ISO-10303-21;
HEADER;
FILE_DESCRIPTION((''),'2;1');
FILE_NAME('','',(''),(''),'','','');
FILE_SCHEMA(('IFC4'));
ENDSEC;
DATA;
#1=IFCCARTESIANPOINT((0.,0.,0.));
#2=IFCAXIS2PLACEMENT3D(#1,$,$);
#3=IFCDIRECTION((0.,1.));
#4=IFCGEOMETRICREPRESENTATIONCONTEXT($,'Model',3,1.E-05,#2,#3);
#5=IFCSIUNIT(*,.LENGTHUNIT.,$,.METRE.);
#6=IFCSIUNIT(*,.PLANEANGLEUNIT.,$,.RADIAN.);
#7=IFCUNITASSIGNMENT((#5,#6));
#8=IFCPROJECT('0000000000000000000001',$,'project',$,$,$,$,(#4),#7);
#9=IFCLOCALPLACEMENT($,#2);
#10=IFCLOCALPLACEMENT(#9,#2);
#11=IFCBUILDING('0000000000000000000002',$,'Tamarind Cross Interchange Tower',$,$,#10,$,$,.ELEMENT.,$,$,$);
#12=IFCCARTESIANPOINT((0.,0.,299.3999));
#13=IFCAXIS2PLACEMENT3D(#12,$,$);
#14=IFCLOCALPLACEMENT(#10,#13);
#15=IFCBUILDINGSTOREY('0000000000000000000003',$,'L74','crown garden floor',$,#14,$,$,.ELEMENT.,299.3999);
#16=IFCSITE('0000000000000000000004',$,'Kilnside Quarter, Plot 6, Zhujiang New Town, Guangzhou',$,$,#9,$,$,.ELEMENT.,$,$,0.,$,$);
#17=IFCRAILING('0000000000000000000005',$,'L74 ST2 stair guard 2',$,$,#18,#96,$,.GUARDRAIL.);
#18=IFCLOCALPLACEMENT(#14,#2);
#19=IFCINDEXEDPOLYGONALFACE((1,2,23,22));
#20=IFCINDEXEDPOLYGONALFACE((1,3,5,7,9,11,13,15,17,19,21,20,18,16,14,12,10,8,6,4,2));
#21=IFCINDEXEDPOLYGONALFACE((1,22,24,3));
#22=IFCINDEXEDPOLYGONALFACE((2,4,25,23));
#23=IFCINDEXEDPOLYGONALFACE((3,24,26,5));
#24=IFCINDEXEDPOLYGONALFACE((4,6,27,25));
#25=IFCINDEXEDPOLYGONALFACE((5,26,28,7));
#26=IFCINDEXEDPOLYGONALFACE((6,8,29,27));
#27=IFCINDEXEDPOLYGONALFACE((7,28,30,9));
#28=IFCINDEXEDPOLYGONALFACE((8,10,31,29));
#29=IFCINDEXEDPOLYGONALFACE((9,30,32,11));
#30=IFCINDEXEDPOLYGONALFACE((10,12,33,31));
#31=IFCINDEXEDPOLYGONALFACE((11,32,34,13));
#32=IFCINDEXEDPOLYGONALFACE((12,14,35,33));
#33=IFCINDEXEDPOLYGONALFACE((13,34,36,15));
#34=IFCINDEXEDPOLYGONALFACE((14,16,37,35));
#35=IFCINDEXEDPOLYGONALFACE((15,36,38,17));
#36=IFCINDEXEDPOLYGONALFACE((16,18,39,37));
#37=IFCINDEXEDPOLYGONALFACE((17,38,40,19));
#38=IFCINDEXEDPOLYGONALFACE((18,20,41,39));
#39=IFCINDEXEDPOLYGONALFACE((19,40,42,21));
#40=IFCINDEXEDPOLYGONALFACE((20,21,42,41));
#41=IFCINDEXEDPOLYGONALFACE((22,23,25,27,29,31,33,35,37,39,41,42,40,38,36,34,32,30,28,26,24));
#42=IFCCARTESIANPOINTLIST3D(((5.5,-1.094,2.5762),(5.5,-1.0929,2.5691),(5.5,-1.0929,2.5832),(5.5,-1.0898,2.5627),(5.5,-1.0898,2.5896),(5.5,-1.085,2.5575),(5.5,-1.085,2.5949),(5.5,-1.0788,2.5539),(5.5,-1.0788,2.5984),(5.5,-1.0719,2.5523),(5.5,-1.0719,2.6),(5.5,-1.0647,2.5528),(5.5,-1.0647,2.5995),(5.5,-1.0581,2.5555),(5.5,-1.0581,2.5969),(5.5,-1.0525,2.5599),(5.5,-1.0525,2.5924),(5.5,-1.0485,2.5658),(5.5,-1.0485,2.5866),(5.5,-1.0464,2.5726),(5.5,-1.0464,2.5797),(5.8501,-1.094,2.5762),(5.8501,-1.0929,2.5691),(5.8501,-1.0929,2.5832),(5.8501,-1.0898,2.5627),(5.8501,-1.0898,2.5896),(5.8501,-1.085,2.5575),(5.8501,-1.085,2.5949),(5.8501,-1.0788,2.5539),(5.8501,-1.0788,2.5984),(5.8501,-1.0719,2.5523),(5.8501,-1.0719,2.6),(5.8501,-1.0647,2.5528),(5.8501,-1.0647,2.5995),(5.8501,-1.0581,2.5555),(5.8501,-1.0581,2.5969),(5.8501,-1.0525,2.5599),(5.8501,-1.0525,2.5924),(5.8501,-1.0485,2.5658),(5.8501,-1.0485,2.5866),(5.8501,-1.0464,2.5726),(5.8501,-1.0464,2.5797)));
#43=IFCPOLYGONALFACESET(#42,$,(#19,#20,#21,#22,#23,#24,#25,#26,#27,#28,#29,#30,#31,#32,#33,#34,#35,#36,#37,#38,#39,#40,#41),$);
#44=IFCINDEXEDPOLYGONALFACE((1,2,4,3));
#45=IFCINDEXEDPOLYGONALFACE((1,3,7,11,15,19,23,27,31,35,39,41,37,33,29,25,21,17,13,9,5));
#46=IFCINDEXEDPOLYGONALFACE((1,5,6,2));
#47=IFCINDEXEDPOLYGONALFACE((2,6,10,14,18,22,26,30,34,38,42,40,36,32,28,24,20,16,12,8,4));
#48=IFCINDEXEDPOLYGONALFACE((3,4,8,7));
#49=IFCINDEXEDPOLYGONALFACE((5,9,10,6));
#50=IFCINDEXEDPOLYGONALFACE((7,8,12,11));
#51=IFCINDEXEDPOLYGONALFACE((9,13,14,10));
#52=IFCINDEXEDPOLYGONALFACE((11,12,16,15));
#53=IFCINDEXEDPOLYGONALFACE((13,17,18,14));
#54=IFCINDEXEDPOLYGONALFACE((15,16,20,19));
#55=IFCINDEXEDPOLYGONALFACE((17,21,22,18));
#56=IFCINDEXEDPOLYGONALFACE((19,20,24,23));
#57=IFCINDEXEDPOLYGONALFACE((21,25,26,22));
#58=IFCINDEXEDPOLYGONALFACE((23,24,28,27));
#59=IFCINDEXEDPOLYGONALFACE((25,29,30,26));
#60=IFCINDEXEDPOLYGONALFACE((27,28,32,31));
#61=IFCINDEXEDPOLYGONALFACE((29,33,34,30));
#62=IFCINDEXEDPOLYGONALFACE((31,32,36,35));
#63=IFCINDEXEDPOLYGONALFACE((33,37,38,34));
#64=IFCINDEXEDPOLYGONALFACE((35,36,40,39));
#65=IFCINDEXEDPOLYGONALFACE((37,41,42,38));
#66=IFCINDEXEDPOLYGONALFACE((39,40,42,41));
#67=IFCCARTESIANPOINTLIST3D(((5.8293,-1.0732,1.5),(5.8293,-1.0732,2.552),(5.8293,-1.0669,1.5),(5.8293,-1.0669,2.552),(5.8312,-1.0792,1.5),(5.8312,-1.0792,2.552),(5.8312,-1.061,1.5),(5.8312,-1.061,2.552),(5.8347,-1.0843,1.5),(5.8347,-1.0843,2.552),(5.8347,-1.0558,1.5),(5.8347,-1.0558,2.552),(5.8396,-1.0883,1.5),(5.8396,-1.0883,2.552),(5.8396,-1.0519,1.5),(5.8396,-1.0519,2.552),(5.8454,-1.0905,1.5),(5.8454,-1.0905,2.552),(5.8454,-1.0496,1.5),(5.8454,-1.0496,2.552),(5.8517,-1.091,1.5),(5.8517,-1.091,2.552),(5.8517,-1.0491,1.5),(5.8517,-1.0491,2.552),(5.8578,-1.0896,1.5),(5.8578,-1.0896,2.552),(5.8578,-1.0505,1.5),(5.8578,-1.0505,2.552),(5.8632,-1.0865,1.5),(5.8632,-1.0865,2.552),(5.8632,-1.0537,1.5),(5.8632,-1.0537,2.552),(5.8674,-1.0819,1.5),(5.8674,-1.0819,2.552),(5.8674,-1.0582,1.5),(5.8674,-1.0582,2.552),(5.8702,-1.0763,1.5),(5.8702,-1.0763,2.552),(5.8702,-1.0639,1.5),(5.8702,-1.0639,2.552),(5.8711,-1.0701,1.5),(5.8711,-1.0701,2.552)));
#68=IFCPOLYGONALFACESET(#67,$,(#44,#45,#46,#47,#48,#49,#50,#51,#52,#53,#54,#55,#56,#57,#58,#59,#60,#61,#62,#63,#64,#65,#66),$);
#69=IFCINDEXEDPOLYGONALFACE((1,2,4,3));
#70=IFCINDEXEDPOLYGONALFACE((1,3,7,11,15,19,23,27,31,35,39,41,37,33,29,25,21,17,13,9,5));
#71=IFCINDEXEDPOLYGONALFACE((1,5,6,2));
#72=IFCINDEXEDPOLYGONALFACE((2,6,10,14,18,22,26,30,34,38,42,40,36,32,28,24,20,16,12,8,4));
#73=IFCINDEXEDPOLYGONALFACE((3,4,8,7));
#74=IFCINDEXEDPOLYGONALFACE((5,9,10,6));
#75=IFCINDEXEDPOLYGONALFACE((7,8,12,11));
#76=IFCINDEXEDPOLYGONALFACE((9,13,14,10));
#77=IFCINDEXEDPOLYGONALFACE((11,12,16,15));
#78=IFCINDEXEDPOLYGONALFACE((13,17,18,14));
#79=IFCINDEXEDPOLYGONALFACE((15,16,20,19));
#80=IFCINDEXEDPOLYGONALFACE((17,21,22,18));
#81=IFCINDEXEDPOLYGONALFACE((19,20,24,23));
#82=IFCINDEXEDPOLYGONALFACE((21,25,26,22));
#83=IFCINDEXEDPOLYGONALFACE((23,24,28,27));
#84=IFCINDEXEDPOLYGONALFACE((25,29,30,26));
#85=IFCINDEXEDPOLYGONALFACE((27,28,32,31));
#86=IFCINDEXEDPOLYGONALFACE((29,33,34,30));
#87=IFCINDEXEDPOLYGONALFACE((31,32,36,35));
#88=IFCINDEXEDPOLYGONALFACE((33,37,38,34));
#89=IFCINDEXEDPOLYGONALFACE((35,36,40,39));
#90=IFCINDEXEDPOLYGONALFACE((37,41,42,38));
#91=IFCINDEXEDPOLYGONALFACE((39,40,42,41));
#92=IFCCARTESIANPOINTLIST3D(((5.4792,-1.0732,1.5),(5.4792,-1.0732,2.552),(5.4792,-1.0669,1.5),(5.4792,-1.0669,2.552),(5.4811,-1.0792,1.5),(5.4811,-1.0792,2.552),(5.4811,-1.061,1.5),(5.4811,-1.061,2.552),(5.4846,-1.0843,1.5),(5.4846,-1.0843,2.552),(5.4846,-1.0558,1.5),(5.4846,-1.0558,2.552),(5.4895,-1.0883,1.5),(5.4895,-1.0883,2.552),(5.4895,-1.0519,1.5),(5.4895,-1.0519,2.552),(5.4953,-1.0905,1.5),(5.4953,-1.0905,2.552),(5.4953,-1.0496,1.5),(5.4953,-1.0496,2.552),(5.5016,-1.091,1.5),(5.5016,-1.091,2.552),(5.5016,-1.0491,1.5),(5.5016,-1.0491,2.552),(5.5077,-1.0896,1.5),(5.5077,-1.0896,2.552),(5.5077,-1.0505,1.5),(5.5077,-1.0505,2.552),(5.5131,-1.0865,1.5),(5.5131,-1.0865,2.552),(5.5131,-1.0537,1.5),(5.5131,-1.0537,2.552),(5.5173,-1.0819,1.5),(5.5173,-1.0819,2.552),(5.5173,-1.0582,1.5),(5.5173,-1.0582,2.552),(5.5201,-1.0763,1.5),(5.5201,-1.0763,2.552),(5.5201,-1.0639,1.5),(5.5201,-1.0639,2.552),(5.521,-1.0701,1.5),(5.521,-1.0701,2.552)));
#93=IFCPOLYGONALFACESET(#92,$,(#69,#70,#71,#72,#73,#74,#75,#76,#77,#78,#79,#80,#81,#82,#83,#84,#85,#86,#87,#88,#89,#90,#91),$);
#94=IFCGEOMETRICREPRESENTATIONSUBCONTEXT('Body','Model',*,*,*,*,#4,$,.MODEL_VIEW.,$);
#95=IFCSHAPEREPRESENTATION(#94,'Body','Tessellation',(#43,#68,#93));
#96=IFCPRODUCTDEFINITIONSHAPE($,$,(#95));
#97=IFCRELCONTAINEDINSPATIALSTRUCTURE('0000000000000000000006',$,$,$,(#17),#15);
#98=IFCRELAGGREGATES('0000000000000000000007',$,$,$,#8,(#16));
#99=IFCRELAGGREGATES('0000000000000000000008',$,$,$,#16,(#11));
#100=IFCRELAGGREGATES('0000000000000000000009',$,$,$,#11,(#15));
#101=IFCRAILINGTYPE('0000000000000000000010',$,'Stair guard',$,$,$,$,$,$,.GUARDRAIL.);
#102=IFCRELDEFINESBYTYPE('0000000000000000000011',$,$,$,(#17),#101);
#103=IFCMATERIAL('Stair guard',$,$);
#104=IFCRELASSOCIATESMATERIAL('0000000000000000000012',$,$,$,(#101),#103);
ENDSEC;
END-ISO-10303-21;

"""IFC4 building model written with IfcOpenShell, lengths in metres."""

from ifc_helpers import new_model, si_unit, direction, frame, origin, origin_2d, place, context, subcontext, project, spatial, circle, extrude, material, type_object, element, save


model = new_model("IFC4")

# Units and contexts
model_context = context("Model", 3, precision=1e-05, world=origin(), true_north=direction((0.0, 1.0)))
body_context = subcontext(model_context, "Body", "Model", "MODEL_VIEW")
ifc_project = project(units=[si_unit("LENGTHUNIT", "METRE"), si_unit("PLANEANGLEUNIT", "RADIAN")], contexts=[model_context])

# Site, building, storey
site_placement = place(None, origin())
site = spatial("IfcSite", under=ifc_project, at=site_placement, Name="Kilnside Quarter, Plot 6, Zhujiang New Town, Guangzhou", CompositionType="ELEMENT", RefElevation=0.0)
building_placement = place(site_placement, origin())
building = spatial("IfcBuilding", under=site, at=building_placement, Name="Tamarind Cross Interchange Tower", CompositionType="ELEMENT")
storey_placement = place(building_placement, frame((0.0, 0.0, 299.3999)))
storey = spatial("IfcBuildingStorey", under=building, at=storey_placement, Name="L74", Description="crown garden floor", CompositionType="ELEMENT", Elevation=299.3999)

# Railing
ifc_material_1 = material(Name="Stair guard")
railing_type_1 = type_object("IfcRailingType", Name="Stair guard", PredefinedType="GUARDRAIL", material=ifc_material_1)
railing_1_placement = place(storey_placement, frame((5.8501, -1.0701, 1.5)))
element("IfcRailing", 1, at=railing_1_placement, inside=storey, type_object=railing_type_1, Name="L74 ST2 stair guard 2", PredefinedType="GUARDRAIL", context=body_context, shape_type="SweptSolid", body=[
    extrude(circle(Radius=0.0239, at=origin_2d()), frame((0.0, 0.0, 1.0762), z_axis=(-1.0, 0.0, 0.0), x_axis=(0.0, -1.0, 0.0)), (0.0, 0.0, 1.0), 0.3501),
    extrude(circle(Radius=0.021, at=origin_2d()), origin(), (0.0, 0.0, 1.0), 1.052),
    extrude(circle(Radius=0.021, at=origin_2d()), frame((-0.3501, 0.0, 0.0)), (0.0, 0.0, 1.0), 1.052),
])

save(model, "model.ifc")
